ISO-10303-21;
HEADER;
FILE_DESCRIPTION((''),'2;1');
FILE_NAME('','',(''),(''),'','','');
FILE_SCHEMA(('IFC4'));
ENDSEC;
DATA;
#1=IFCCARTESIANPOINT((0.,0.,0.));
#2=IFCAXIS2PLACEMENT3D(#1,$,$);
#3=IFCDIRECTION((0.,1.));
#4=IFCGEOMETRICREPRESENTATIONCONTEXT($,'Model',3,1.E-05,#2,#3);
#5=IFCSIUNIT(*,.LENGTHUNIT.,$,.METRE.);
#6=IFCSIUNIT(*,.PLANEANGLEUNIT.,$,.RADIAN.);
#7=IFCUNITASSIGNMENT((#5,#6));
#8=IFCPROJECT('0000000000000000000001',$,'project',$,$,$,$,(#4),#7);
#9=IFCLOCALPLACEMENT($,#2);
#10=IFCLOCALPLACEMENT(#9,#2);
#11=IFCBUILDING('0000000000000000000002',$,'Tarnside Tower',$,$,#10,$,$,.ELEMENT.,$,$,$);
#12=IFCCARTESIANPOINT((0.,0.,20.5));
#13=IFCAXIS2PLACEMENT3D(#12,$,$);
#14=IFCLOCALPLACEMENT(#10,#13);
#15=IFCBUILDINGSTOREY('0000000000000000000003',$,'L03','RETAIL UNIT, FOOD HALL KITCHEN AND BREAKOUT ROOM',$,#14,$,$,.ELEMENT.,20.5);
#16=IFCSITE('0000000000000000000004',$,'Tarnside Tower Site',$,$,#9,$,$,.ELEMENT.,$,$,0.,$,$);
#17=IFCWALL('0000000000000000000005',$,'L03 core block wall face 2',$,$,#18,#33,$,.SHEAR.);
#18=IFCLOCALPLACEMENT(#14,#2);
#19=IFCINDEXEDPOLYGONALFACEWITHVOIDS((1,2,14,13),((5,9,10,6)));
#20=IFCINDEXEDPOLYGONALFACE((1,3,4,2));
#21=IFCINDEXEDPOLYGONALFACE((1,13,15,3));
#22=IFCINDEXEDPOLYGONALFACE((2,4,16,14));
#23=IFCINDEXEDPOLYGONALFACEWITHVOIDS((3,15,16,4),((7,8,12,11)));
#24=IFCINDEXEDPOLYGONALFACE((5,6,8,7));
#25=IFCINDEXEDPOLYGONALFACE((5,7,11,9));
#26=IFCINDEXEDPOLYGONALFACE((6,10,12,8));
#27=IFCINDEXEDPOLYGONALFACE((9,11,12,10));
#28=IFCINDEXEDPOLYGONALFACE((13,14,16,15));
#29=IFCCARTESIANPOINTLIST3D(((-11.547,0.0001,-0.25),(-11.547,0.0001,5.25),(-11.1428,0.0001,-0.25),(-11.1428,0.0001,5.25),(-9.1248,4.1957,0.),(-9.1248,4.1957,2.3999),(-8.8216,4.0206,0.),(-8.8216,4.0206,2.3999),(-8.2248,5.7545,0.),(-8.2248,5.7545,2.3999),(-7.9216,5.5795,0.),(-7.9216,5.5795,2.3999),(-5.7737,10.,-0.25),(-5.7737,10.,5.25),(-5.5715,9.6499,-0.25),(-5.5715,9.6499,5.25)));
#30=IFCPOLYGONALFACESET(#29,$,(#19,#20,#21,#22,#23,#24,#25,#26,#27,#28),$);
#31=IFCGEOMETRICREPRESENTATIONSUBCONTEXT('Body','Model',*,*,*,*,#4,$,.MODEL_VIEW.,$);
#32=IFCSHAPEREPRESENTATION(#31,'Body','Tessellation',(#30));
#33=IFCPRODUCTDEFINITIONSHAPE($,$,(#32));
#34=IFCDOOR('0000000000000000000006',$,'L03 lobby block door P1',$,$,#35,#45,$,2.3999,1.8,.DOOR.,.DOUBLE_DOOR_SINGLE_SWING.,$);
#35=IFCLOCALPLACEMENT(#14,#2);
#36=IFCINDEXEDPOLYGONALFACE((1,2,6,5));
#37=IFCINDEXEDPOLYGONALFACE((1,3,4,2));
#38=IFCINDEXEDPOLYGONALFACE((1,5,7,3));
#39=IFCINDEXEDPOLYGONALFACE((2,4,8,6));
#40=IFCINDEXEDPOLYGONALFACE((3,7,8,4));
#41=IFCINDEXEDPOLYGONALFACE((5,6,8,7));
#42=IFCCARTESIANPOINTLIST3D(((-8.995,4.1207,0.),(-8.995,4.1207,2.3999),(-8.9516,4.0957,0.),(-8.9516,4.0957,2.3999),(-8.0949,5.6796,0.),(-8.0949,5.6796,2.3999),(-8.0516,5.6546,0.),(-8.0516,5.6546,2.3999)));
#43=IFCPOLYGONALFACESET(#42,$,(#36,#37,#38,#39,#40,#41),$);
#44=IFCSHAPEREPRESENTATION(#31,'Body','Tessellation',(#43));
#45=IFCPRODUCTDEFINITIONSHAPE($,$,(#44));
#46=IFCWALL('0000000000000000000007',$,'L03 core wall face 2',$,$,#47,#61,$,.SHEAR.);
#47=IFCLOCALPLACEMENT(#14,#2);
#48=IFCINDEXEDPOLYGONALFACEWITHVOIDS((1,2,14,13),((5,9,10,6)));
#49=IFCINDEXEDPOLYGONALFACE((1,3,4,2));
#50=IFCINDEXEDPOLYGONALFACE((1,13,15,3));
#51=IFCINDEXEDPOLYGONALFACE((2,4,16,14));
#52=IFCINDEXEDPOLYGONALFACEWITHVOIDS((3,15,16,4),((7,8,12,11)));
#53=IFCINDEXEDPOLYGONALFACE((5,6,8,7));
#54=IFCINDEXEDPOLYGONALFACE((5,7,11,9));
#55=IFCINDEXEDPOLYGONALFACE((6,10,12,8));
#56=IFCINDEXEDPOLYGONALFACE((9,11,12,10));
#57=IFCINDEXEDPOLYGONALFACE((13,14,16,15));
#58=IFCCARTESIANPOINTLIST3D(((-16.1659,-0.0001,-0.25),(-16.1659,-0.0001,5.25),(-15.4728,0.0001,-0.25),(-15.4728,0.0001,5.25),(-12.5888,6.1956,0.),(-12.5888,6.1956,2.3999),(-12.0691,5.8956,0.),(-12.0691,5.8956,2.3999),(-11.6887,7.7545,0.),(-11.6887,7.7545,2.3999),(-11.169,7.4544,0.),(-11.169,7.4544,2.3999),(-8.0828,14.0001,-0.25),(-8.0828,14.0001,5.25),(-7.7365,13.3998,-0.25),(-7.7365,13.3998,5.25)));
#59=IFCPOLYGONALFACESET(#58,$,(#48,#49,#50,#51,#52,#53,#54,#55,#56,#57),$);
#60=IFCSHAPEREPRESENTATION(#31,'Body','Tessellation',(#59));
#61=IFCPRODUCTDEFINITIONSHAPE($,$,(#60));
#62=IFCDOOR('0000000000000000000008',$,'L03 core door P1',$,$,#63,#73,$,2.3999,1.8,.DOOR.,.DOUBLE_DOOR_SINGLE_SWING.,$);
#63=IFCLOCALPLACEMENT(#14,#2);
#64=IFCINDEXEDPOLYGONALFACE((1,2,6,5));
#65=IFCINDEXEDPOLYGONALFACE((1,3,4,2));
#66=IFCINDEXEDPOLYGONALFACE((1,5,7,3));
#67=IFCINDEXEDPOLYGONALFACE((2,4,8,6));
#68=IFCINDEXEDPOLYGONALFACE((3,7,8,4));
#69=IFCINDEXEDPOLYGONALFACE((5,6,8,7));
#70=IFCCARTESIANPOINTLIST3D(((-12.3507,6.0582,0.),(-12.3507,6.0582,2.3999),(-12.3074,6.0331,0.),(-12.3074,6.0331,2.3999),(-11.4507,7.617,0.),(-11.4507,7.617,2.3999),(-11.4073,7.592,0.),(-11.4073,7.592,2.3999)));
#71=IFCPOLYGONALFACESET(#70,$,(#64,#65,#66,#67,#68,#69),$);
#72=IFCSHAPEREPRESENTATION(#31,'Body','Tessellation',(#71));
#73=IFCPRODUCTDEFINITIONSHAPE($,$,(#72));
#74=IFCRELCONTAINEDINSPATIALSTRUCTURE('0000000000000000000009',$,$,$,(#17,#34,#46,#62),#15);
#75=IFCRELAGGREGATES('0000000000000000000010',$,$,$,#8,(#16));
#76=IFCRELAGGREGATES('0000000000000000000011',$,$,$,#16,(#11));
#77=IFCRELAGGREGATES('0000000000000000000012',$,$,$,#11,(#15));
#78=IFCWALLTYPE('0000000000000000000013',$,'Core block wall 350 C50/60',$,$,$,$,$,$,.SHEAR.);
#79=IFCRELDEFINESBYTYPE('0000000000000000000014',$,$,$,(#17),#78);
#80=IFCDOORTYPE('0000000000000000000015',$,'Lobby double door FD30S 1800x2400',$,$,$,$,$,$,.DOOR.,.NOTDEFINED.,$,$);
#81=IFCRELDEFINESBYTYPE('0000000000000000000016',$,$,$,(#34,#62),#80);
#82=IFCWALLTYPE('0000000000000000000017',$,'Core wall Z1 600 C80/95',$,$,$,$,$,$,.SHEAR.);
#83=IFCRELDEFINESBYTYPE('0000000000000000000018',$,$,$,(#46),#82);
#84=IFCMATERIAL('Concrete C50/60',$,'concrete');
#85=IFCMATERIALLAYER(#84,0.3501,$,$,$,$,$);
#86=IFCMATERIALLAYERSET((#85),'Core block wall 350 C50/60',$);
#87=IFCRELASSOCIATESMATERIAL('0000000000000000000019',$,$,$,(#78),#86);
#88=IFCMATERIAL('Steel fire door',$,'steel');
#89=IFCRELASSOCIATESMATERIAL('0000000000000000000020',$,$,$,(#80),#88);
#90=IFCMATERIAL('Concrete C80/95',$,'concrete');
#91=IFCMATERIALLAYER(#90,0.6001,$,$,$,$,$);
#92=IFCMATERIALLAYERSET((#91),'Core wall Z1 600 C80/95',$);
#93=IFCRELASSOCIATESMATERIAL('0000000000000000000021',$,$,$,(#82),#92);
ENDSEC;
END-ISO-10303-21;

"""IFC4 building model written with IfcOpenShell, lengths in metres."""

from ifc_helpers import new_model, si_unit, direction, frame, frame_2d, origin, place, context, subcontext, project, spatial, polyline, rectangle, outline, extrude, material, layer, layer_set, type_object, element, fill, save


model = new_model("IFC4")

# Units and contexts
model_context = context("Model", 3, precision=1e-05, world=origin(), true_north=direction((0.0, 1.0)))
body_context = subcontext(model_context, "Body", "Model", "MODEL_VIEW")
ifc_project = project(units=[si_unit("LENGTHUNIT", "METRE"), si_unit("PLANEANGLEUNIT", "RADIAN")], contexts=[model_context])

# Site, building, storey
site_placement = place(None, origin())
site = spatial("IfcSite", under=ifc_project, at=site_placement, Name="Tarnside Tower Site", CompositionType="ELEMENT", RefElevation=0.0)
building_placement = place(site_placement, origin())
building = spatial("IfcBuilding", under=site, at=building_placement, Name="Tarnside Tower", CompositionType="ELEMENT")
storey_placement = place(building_placement, frame((0.0, 0.0, 20.5)))
storey = spatial("IfcBuildingStorey", under=building, at=storey_placement, Name="L03", Description="RETAIL UNIT, FOOD HALL KITCHEN AND BREAKOUT ROOM", CompositionType="ELEMENT", Elevation=20.5)

# Walls, openings, doors
ifc_material_1 = material(Name="Concrete C50/60", Category="concrete")
ifc_layer_1 = layer(ifc_material_1, 0.3501)
ifc_layer_set_1 = layer_set([ifc_layer_1], Name="Core block wall 350 C50/60")
wall_type_1 = type_object("IfcWallType", Name="Core block wall 350 C50/60", PredefinedType="SHEAR", material=ifc_layer_set_1)
wall_1_placement = place(storey_placement, frame((-5.6726, 9.825, -0.25), z_axis=(0.0, 0.0, 1.0), x_axis=(-0.499995, -0.866028, 0.0)))
wall_1 = element("IfcWall", 1, at=wall_1_placement, inside=storey, type_object=wall_type_1, Name="L03 core block wall face 2", PredefinedType="SHEAR", context=body_context, shape_type="SweptSolid", body=[
    extrude(outline(polyline([(-0.1011, -0.175), (11.4458, -0.175), (11.2437, 0.175), (0.1011, 0.175), (-0.1011, -0.175)])), origin(), (0.0, 0.0, 1.0), 5.5),
])
opening_1_placement = place(wall_1_placement, frame((4.8013, 0.0, 0.25)))
opening_1 = element("IfcOpeningElement", 2, at=opening_1_placement, cuts=wall_1, PredefinedType="OPENING", context=body_context, shape_type="SweptSolid", body=[
    extrude(rectangle(XDim=1.8, YDim=2.3999, at=frame_2d((0.8999, 1.2))), frame((0.0, 0.1851, 0.0), z_axis=(0.0, -1.0, 0.0), x_axis=(1.0, 0.0, 0.0)), (0.0, 0.0, 1.0), 0.3701),
])
ifc_material_2 = material(Name="Steel fire door", Category="steel")
door_type_1 = type_object("IfcDoorType", Name="Lobby double door FD30S 1800x2400", OperationType="NOTDEFINED", PredefinedType="DOOR", material=ifc_material_2)
door_1_placement = place(opening_1_placement, origin())
door_1 = element("IfcDoor", 3, at=door_1_placement, inside=storey, type_object=door_type_1, Name="L03 lobby block door P1", OperationType="DOUBLE_DOOR_SINGLE_SWING", OverallHeight=2.3999, OverallWidth=1.8, PredefinedType="DOOR", context=body_context, shape_type="SweptSolid", body=[
    extrude(rectangle(XDim=1.8, YDim=2.3999, at=frame_2d((0.8999, 1.2))), frame((0.0, 0.0249, 0.0), z_axis=(0.0, -1.0, 0.0), x_axis=(1.0, 0.0, 0.0)), (0.0, 0.0, 1.0), 0.05),
])
fill(opening_1, door_1)
ifc_material_3 = material(Name="Concrete C80/95", Category="concrete")
ifc_layer_2 = layer(ifc_material_3, 0.6001)
ifc_layer_set_2 = layer_set([ifc_layer_2], Name="Core wall Z1 600 C80/95")
wall_type_2 = type_object("IfcWallType", Name="Core wall Z1 600 C80/95", PredefinedType="SHEAR", material=ifc_layer_set_2)
wall_2_placement = place(storey_placement, frame((-7.9097, 13.7, -0.25), z_axis=(0.0, 0.0, 1.0), x_axis=(-0.5, -0.866025, 0.0)))
wall_2 = element("IfcWall", 4, at=wall_2_placement, inside=storey, type_object=wall_type_2, Name="L03 core wall face 2", PredefinedType="SHEAR", context=body_context, shape_type="SweptSolid", body=[
    extrude(outline(polyline([(-0.1733, -0.3), (15.9927, -0.3), (15.646, 0.3), (0.1733, 0.3), (-0.1733, -0.3)])), origin(), (0.0, 0.0, 1.0), 5.5),
])
opening_2_placement = place(wall_2_placement, frame((7.0386, 0.0, 0.25)))
opening_2 = element("IfcOpeningElement", 5, at=opening_2_placement, cuts=wall_2, PredefinedType="OPENING", context=body_context, shape_type="SweptSolid", body=[
    extrude(rectangle(XDim=1.8, YDim=2.3999, at=frame_2d((0.8999, 1.2))), frame((0.0, 0.3101, 0.0), z_axis=(0.0, -1.0, 0.0), x_axis=(1.0, 0.0, 0.0)), (0.0, 0.0, 1.0), 0.6201),
])
door_2_placement = place(opening_2_placement, origin())
door_2 = element("IfcDoor", 6, at=door_2_placement, inside=storey, type_object=door_type_1, Name="L03 core door P1", OperationType="DOUBLE_DOOR_SINGLE_SWING", OverallHeight=2.3999, OverallWidth=1.8, PredefinedType="DOOR", context=body_context, shape_type="SweptSolid", body=[
    extrude(rectangle(XDim=1.8, YDim=2.3999, at=frame_2d((0.8999, 1.2))), frame((0.0, 0.0249, 0.0), z_axis=(0.0, -1.0, 0.0), x_axis=(1.0, 0.0, 0.0)), (0.0, 0.0, 1.0), 0.05),
])
fill(opening_2, door_2)

save(model, "model.ifc")
